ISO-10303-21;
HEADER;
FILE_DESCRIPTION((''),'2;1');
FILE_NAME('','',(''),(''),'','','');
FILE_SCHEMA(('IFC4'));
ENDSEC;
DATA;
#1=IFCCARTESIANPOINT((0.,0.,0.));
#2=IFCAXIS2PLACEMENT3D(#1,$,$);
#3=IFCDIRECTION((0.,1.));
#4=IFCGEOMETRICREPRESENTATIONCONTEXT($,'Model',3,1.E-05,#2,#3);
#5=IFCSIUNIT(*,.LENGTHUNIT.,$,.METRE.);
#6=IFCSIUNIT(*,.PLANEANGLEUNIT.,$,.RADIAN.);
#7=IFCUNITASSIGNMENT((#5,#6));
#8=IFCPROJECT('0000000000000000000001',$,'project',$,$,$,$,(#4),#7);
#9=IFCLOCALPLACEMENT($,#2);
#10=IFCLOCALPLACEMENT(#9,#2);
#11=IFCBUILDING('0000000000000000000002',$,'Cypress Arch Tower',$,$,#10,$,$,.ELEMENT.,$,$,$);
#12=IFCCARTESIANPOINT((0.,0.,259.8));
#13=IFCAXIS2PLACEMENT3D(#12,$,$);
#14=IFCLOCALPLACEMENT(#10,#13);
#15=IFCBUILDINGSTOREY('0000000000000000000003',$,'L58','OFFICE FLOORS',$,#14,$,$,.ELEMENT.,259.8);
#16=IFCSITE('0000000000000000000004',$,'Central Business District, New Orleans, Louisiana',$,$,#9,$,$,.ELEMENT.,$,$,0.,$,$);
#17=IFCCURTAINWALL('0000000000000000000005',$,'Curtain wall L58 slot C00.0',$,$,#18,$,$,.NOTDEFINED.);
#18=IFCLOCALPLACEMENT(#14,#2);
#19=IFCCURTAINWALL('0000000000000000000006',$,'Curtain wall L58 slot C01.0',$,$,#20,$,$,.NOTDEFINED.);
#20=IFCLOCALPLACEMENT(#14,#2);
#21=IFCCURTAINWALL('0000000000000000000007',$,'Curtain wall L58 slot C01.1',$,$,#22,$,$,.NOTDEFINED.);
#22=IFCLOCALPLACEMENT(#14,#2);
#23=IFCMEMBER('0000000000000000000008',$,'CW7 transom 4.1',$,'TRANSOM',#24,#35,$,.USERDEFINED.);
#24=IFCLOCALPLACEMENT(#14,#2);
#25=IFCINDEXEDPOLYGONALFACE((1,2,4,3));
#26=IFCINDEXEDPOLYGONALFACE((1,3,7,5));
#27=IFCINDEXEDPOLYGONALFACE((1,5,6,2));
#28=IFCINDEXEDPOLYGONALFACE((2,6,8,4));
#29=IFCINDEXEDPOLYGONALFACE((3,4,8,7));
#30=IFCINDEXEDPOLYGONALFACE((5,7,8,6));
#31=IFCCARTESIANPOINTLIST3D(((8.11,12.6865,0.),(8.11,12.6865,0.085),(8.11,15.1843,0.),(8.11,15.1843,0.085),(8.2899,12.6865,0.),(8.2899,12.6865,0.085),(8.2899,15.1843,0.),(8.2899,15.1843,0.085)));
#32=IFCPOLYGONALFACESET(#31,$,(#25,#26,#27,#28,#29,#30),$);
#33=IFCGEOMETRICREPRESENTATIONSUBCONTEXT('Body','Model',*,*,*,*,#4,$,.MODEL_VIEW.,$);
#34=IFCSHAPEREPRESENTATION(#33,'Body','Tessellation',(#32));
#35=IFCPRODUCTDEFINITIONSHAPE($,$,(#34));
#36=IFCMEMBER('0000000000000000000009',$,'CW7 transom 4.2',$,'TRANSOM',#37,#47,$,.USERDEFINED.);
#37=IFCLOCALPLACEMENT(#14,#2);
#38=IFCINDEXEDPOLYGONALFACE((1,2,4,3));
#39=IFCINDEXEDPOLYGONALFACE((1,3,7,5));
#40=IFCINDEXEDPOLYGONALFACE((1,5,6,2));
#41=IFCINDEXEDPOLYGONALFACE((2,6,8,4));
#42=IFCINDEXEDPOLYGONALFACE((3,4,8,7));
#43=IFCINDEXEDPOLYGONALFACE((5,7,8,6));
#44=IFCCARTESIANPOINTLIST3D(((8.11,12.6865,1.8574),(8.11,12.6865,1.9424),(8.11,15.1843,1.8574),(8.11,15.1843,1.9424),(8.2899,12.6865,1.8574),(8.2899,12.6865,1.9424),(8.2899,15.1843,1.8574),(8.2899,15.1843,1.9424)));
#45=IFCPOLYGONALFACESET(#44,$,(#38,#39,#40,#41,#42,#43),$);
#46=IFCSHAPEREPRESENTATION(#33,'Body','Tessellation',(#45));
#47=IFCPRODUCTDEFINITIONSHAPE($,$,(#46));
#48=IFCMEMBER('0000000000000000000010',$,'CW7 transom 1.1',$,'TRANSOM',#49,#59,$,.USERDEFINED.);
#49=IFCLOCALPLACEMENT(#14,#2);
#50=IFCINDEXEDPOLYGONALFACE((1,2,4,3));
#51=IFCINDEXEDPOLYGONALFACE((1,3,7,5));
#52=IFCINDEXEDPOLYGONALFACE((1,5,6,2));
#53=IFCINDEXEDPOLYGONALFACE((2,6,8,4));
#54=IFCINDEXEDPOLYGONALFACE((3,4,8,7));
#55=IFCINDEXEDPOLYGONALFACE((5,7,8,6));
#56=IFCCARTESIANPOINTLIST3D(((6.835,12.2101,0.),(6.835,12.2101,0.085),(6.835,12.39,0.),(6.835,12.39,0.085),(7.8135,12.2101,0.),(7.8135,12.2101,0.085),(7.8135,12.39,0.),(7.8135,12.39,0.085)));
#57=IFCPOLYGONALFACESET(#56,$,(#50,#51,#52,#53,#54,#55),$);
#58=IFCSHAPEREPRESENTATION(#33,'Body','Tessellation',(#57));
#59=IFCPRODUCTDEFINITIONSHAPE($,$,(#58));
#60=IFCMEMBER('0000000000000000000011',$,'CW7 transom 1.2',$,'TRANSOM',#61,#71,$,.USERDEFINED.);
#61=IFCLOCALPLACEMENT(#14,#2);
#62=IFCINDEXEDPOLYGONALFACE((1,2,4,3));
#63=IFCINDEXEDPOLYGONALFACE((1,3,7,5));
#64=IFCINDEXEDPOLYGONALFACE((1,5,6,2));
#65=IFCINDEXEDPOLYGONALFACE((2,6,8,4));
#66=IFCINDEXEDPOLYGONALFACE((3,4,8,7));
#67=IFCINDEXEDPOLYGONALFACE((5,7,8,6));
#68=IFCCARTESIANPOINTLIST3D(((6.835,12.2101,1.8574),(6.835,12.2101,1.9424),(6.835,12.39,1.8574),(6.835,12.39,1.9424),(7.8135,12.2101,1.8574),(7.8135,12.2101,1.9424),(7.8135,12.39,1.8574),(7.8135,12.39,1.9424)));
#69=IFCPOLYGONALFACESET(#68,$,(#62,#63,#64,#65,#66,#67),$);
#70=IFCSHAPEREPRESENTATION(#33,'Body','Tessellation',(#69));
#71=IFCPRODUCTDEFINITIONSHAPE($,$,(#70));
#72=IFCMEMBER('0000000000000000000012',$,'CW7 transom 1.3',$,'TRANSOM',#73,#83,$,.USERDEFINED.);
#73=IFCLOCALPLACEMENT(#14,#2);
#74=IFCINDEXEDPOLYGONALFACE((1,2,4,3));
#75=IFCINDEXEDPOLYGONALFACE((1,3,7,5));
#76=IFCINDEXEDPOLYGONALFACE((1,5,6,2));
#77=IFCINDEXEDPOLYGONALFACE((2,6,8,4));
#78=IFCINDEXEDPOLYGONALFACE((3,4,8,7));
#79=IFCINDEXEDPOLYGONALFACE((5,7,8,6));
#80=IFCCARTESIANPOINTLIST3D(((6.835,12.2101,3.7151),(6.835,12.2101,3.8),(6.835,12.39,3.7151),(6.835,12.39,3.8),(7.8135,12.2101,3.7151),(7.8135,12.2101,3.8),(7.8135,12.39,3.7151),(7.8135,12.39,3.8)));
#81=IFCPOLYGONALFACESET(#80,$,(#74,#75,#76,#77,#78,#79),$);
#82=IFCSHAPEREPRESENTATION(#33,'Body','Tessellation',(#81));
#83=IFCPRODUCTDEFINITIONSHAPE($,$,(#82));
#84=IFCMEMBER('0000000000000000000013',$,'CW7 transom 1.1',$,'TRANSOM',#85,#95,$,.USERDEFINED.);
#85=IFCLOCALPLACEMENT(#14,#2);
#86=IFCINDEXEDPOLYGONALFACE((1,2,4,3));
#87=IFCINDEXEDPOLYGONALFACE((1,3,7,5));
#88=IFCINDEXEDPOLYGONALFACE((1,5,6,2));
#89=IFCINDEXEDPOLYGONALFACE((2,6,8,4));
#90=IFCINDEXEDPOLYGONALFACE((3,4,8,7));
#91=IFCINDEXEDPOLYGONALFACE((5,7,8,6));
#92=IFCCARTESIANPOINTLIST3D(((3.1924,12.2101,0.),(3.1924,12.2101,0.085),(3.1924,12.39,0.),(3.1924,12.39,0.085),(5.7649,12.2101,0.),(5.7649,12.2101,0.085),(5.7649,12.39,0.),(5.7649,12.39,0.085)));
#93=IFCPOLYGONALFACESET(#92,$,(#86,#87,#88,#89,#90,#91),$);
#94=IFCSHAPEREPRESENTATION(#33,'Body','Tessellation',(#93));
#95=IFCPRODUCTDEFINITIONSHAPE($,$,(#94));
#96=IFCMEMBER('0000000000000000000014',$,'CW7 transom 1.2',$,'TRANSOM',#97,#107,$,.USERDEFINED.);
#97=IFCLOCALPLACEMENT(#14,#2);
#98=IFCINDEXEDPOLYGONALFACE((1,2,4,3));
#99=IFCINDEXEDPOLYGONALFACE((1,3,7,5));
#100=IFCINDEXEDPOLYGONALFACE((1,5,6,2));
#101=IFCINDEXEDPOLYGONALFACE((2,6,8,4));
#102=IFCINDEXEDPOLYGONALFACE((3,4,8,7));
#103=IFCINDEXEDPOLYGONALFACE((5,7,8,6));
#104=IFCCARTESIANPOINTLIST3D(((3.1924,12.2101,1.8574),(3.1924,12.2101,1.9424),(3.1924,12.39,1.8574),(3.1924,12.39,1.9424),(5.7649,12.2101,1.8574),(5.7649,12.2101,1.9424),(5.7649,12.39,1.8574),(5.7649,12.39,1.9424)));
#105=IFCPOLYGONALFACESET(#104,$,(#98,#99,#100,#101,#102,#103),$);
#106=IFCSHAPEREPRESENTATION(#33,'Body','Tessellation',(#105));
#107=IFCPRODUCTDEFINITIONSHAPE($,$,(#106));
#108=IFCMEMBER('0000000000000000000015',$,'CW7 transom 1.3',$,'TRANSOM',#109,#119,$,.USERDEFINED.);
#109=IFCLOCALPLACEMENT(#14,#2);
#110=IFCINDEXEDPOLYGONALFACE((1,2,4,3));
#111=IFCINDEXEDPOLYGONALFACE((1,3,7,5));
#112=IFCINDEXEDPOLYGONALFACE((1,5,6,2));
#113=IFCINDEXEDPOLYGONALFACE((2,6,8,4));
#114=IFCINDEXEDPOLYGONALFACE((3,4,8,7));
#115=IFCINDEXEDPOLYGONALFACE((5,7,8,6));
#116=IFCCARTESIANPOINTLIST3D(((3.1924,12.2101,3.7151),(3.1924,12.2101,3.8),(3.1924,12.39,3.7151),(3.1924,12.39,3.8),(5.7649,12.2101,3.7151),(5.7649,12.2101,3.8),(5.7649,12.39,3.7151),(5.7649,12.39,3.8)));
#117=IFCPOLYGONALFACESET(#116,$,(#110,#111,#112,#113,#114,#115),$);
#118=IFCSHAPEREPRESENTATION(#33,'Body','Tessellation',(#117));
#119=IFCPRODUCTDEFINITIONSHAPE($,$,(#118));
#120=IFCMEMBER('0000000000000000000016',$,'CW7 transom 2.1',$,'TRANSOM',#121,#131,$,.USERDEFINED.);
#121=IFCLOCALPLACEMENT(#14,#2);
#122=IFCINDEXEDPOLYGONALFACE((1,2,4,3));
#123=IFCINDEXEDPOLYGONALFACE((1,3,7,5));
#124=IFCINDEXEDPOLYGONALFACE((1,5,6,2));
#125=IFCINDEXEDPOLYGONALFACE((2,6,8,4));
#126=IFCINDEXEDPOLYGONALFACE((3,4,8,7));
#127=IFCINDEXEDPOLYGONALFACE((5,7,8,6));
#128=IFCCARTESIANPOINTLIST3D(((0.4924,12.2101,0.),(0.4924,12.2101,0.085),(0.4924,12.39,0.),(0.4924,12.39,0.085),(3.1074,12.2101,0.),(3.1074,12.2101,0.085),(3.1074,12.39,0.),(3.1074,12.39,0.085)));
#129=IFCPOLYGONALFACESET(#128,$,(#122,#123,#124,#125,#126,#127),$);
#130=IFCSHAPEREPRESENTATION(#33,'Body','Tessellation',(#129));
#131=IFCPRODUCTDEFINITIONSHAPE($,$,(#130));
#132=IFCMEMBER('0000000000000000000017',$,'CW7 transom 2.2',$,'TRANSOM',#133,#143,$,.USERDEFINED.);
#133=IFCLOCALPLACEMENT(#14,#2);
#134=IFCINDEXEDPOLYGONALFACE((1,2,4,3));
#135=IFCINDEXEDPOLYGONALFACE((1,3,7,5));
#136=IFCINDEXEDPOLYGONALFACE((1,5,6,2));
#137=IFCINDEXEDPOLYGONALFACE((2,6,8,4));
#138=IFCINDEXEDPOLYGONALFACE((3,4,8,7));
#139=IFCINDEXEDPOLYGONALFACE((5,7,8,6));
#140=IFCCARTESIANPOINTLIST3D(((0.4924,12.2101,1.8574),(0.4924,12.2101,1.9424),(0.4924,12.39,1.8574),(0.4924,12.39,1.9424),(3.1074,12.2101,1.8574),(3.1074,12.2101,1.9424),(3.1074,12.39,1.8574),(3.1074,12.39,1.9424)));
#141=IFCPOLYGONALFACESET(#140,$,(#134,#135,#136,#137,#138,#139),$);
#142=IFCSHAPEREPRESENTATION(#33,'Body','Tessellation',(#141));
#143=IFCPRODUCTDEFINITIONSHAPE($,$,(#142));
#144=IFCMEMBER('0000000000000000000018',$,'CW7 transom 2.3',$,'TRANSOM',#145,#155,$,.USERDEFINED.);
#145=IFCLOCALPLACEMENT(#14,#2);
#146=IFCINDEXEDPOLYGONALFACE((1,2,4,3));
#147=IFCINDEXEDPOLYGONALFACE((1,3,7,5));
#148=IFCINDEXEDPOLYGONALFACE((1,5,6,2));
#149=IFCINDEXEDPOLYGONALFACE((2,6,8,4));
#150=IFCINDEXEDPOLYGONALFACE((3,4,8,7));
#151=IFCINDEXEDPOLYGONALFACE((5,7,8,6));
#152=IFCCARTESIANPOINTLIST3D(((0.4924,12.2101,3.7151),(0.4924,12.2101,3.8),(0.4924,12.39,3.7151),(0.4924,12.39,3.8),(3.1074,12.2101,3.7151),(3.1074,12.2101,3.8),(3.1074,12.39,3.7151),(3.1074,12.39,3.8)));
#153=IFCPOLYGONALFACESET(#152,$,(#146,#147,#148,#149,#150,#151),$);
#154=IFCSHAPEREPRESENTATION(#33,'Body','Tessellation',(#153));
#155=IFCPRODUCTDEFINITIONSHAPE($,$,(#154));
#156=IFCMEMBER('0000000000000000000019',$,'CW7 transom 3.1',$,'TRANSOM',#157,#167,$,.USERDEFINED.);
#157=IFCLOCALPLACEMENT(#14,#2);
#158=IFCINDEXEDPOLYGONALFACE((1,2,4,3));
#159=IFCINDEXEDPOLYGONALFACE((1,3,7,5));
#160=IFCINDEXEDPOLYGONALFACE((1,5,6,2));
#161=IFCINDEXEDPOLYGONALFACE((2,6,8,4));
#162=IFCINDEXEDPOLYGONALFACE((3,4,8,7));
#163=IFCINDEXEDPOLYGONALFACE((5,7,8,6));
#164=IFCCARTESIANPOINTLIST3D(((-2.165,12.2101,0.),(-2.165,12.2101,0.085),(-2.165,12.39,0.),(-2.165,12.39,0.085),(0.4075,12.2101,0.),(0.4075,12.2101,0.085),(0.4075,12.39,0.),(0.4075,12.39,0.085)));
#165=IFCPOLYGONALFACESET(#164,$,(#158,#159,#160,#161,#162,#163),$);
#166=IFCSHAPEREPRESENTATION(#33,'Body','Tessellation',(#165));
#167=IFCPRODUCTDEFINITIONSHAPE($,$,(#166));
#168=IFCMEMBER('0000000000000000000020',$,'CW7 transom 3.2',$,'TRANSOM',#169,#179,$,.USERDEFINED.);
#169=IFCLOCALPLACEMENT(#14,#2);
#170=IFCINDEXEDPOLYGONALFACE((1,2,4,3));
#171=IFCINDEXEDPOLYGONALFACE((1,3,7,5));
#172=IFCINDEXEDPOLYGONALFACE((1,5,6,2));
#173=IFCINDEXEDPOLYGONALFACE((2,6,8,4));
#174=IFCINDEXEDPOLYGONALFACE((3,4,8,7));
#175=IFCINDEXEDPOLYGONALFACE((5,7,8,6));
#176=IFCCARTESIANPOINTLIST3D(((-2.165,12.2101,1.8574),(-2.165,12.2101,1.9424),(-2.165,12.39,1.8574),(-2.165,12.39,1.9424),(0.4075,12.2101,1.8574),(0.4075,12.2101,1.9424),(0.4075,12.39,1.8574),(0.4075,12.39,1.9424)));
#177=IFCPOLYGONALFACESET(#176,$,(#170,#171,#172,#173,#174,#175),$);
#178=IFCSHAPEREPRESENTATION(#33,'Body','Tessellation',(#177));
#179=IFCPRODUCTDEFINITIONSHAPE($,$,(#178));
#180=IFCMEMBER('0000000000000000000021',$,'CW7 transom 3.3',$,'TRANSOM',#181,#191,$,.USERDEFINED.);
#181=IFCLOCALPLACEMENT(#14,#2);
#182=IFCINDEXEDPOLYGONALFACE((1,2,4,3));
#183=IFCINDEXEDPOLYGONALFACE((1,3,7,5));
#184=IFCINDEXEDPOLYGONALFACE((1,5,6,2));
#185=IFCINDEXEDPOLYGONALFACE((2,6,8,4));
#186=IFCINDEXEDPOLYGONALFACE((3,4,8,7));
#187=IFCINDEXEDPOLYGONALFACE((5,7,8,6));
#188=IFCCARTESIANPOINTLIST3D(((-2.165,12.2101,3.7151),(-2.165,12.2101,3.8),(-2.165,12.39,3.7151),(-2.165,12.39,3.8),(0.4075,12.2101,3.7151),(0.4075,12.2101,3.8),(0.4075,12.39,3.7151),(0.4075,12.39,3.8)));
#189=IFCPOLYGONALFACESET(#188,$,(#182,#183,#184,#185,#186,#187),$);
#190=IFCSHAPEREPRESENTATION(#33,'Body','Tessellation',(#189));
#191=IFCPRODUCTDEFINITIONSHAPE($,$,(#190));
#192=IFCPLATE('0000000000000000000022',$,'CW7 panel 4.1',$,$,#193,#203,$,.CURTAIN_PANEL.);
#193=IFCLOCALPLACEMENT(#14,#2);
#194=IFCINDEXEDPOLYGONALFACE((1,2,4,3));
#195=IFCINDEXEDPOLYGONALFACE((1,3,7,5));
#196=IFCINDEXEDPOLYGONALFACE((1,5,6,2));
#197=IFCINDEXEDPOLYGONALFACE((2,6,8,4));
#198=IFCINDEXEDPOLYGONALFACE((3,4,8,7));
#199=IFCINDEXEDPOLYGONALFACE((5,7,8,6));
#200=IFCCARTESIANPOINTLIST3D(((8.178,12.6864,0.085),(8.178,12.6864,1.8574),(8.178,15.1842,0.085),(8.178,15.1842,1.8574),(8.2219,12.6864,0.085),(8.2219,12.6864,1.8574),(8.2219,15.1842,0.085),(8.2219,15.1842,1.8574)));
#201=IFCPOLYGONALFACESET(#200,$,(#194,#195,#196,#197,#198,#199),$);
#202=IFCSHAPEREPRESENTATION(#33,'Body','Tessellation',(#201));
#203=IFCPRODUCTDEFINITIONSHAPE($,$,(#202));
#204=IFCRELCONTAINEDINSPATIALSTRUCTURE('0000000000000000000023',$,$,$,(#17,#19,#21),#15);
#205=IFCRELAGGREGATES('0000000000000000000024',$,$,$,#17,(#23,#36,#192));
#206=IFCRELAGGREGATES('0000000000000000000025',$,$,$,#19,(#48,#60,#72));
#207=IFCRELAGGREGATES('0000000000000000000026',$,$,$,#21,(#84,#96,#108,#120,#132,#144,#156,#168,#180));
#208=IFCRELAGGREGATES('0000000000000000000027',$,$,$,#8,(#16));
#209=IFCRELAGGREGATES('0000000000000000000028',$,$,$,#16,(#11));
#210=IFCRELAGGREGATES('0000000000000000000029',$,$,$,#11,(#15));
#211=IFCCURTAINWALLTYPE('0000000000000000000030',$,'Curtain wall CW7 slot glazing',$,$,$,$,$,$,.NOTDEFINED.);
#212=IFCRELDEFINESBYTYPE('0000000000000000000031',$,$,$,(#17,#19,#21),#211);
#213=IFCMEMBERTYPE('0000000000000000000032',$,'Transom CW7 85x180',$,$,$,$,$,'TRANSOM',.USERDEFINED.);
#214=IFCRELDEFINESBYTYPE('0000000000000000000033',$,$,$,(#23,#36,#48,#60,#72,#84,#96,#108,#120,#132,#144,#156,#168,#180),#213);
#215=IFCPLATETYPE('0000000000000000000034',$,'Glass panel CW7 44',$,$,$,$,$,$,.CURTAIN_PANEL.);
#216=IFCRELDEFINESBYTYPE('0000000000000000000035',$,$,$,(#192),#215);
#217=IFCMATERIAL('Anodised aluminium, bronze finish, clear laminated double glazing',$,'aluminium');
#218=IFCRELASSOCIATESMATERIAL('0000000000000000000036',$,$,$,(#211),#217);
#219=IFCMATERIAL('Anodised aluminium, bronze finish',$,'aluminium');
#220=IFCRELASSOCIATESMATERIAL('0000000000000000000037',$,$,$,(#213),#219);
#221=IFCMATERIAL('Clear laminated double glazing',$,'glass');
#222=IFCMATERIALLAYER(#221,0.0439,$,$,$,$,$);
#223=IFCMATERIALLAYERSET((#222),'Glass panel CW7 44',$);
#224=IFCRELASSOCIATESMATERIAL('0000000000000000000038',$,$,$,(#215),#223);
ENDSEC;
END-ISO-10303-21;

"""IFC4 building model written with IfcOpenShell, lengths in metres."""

from ifc_helpers import new_model, si_unit, direction, frame, origin, origin_2d, place, context, subcontext, project, spatial, rectangle, extrude, material, layer, layer_set, material_profile, profile_set, type_object, element, aggregate, save


model = new_model("IFC4")

# Units and contexts
model_context = context("Model", 3, precision=1e-05, world=origin(), true_north=direction((0.0, 1.0)))
body_context = subcontext(model_context, "Body", "Model", "MODEL_VIEW")
ifc_project = project(units=[si_unit("LENGTHUNIT", "METRE"), si_unit("PLANEANGLEUNIT", "RADIAN")], contexts=[model_context])

# Site, building, storey
site_placement = place(None, origin())
site = spatial("IfcSite", under=ifc_project, at=site_placement, Name="Central Business District, New Orleans, Louisiana", CompositionType="ELEMENT", RefElevation=0.0)
building_placement = place(site_placement, origin())
building = spatial("IfcBuilding", under=site, at=building_placement, Name="Cypress Arch Tower", CompositionType="ELEMENT")
storey_placement = place(building_placement, frame((0.0, 0.0, 259.8)))
storey = spatial("IfcBuildingStorey", under=building, at=storey_placement, Name="L58", Description="OFFICE FLOORS", CompositionType="ELEMENT", Elevation=259.8)

# Curtain wall
ifc_material_1 = material(Name="Anodised aluminium, bronze finish, clear laminated double glazing", Category="aluminium")
curtain_wall_type = type_object("IfcCurtainWallType", Name="Curtain wall CW7 slot glazing", PredefinedType="NOTDEFINED", material=ifc_material_1)
curtain_wall_1_placement = place(storey_placement, origin())
curtain_wall_1 = element("IfcCurtainWall", 1, at=curtain_wall_1_placement, inside=storey, type_object=curtain_wall_type, Name="Curtain wall L58 slot C00.0", PredefinedType="NOTDEFINED")

# Curtain walls
curtain_wall_2_placement = place(storey_placement, origin())
curtain_wall_2 = element("IfcCurtainWall", 2, at=curtain_wall_2_placement, inside=storey, type_object=curtain_wall_type, Name="Curtain wall L58 slot C01.0", PredefinedType="NOTDEFINED")
curtain_wall_3_placement = place(storey_placement, origin())
curtain_wall_3 = element("IfcCurtainWall", 3, at=curtain_wall_3_placement, inside=storey, type_object=curtain_wall_type, Name="Curtain wall L58 slot C01.1", PredefinedType="NOTDEFINED")

# Members
ifc_material_2 = material(Name="Anodised aluminium, bronze finish", Category="aluminium")
ifc_material_profile_1 = material_profile(ifc_material_2, rectangle(XDim=0.1799, YDim=0.085, at=origin_2d()), Name="Transom 85x180")
ifc_profile_set_1 = profile_set([ifc_material_profile_1], Name="Anodised aluminium, bronze finish")
member_type_1 = type_object("IfcMemberType", Name="Transom CW7 85x180", ElementType="TRANSOM", PredefinedType="USERDEFINED", material=ifc_profile_set_1)
member_1_placement = place(storey_placement, frame((8.2, 15.1843, 0.0425), z_axis=(0.0, -1.0, 0.0), x_axis=(1.0, 0.0, 0.0)))
member_1 = element("IfcMember", 4, at=member_1_placement, type_object=member_type_1, Name="CW7 transom 4.1", ObjectType="TRANSOM", PredefinedType="USERDEFINED", context=body_context, shape_type="SweptSolid", body=[
    extrude(rectangle(XDim=0.1799, YDim=0.085, at=origin_2d()), origin(), (0.0, 0.0, 1.0), 2.4978),
])
member_2_placement = place(storey_placement, frame((8.2, 15.1843, 1.8999), z_axis=(0.0, -1.0, 0.0), x_axis=(1.0, 0.0, 0.0)))
member_2 = element("IfcMember", 5, at=member_2_placement, type_object=member_type_1, Name="CW7 transom 4.2", ObjectType="TRANSOM", PredefinedType="USERDEFINED", context=body_context, shape_type="SweptSolid", body=[
    extrude(rectangle(XDim=0.1799, YDim=0.085, at=origin_2d()), origin(), (0.0, 0.0, 1.0), 2.4978),
])
member_3_placement = place(storey_placement, frame((7.8135, 12.3, 0.0425), z_axis=(-1.0, 0.0, 0.0), x_axis=(0.0, -1.0, 0.0)))
member_3 = element("IfcMember", 6, at=member_3_placement, type_object=member_type_1, Name="CW7 transom 1.1", ObjectType="TRANSOM", PredefinedType="USERDEFINED", context=body_context, shape_type="SweptSolid", body=[
    extrude(rectangle(XDim=0.1799, YDim=0.085, at=origin_2d()), origin(), (0.0, 0.0, 1.0), 0.9785),
])
member_4_placement = place(storey_placement, frame((7.8135, 12.3, 1.8999), z_axis=(-1.0, 0.0, 0.0), x_axis=(0.0, -1.0, 0.0)))
member_4 = element("IfcMember", 7, at=member_4_placement, type_object=member_type_1, Name="CW7 transom 1.2", ObjectType="TRANSOM", PredefinedType="USERDEFINED", context=body_context, shape_type="SweptSolid", body=[
    extrude(rectangle(XDim=0.1799, YDim=0.085, at=origin_2d()), origin(), (0.0, 0.0, 1.0), 0.9785),
])
member_5_placement = place(storey_placement, frame((7.8135, 12.3, 3.7576), z_axis=(-1.0, 0.0, 0.0), x_axis=(0.0, -1.0, 0.0)))
member_5 = element("IfcMember", 8, at=member_5_placement, type_object=member_type_1, Name="CW7 transom 1.3", ObjectType="TRANSOM", PredefinedType="USERDEFINED", context=body_context, shape_type="SweptSolid", body=[
    extrude(rectangle(XDim=0.1799, YDim=0.085, at=origin_2d()), origin(), (0.0, 0.0, 1.0), 0.9785),
])
member_6_placement = place(storey_placement, frame((5.7649, 12.3, 0.0425), z_axis=(-1.0, 0.0, 0.0), x_axis=(0.0, -1.0, 0.0)))
member_6 = element("IfcMember", 9, at=member_6_placement, type_object=member_type_1, Name="CW7 transom 1.1", ObjectType="TRANSOM", PredefinedType="USERDEFINED", context=body_context, shape_type="SweptSolid", body=[
    extrude(rectangle(XDim=0.1799, YDim=0.085, at=origin_2d()), origin(), (0.0, 0.0, 1.0), 2.5725),
])
member_7_placement = place(storey_placement, frame((5.7649, 12.3, 1.8999), z_axis=(-1.0, 0.0, 0.0), x_axis=(0.0, -1.0, 0.0)))
member_7 = element("IfcMember", 10, at=member_7_placement, type_object=member_type_1, Name="CW7 transom 1.2", ObjectType="TRANSOM", PredefinedType="USERDEFINED", context=body_context, shape_type="SweptSolid", body=[
    extrude(rectangle(XDim=0.1799, YDim=0.085, at=origin_2d()), origin(), (0.0, 0.0, 1.0), 2.5725),
])
member_8_placement = place(storey_placement, frame((5.7649, 12.3, 3.7576), z_axis=(-1.0, 0.0, 0.0), x_axis=(0.0, -1.0, 0.0)))
member_8 = element("IfcMember", 11, at=member_8_placement, type_object=member_type_1, Name="CW7 transom 1.3", ObjectType="TRANSOM", PredefinedType="USERDEFINED", context=body_context, shape_type="SweptSolid", body=[
    extrude(rectangle(XDim=0.1799, YDim=0.085, at=origin_2d()), origin(), (0.0, 0.0, 1.0), 2.5725),
])
member_9_placement = place(storey_placement, frame((3.1074, 12.3, 0.0425), z_axis=(-1.0, 0.0, 0.0), x_axis=(0.0, -1.0, 0.0)))
member_9 = element("IfcMember", 12, at=member_9_placement, type_object=member_type_1, Name="CW7 transom 2.1", ObjectType="TRANSOM", PredefinedType="USERDEFINED", context=body_context, shape_type="SweptSolid", body=[
    extrude(rectangle(XDim=0.1799, YDim=0.085, at=origin_2d()), origin(), (0.0, 0.0, 1.0), 2.615),
])
member_10_placement = place(storey_placement, frame((3.1074, 12.3, 1.8999), z_axis=(-1.0, 0.0, 0.0), x_axis=(0.0, -1.0, 0.0)))
member_10 = element("IfcMember", 13, at=member_10_placement, type_object=member_type_1, Name="CW7 transom 2.2", ObjectType="TRANSOM", PredefinedType="USERDEFINED", context=body_context, shape_type="SweptSolid", body=[
    extrude(rectangle(XDim=0.1799, YDim=0.085, at=origin_2d()), origin(), (0.0, 0.0, 1.0), 2.615),
])
member_11_placement = place(storey_placement, frame((3.1074, 12.3, 3.7576), z_axis=(-1.0, 0.0, 0.0), x_axis=(0.0, -1.0, 0.0)))
member_11 = element("IfcMember", 14, at=member_11_placement, type_object=member_type_1, Name="CW7 transom 2.3", ObjectType="TRANSOM", PredefinedType="USERDEFINED", context=body_context, shape_type="SweptSolid", body=[
    extrude(rectangle(XDim=0.1799, YDim=0.085, at=origin_2d()), origin(), (0.0, 0.0, 1.0), 2.615),
])
member_12_placement = place(storey_placement, frame((0.4075, 12.3, 0.0425), z_axis=(-1.0, 0.0, 0.0), x_axis=(0.0, -1.0, 0.0)))
member_12 = element("IfcMember", 15, at=member_12_placement, type_object=member_type_1, Name="CW7 transom 3.1", ObjectType="TRANSOM", PredefinedType="USERDEFINED", context=body_context, shape_type="SweptSolid", body=[
    extrude(rectangle(XDim=0.1799, YDim=0.085, at=origin_2d()), origin(), (0.0, 0.0, 1.0), 2.5725),
])
member_13_placement = place(storey_placement, frame((0.4075, 12.3, 1.8999), z_axis=(-1.0, 0.0, 0.0), x_axis=(0.0, -1.0, 0.0)))
member_13 = element("IfcMember", 16, at=member_13_placement, type_object=member_type_1, Name="CW7 transom 3.2", ObjectType="TRANSOM", PredefinedType="USERDEFINED", context=body_context, shape_type="SweptSolid", body=[
    extrude(rectangle(XDim=0.1799, YDim=0.085, at=origin_2d()), origin(), (0.0, 0.0, 1.0), 2.5725),
])
member_14_placement = place(storey_placement, frame((0.4075, 12.3, 3.7576), z_axis=(-1.0, 0.0, 0.0), x_axis=(0.0, -1.0, 0.0)))
member_14 = element("IfcMember", 17, at=member_14_placement, type_object=member_type_1, Name="CW7 transom 3.3", ObjectType="TRANSOM", PredefinedType="USERDEFINED", context=body_context, shape_type="SweptSolid", body=[
    extrude(rectangle(XDim=0.1799, YDim=0.085, at=origin_2d()), origin(), (0.0, 0.0, 1.0), 2.5725),
])

# Plate
ifc_material_3 = material(Name="Clear laminated double glazing", Category="glass")
ifc_layer = layer(ifc_material_3, 0.0439)
ifc_layer_set = layer_set([ifc_layer], Name="Glass panel CW7 44")
plate_type = type_object("IfcPlateType", Name="Glass panel CW7 44", PredefinedType="CURTAIN_PANEL", material=ifc_layer_set)
plate_1_placement = place(storey_placement, frame((8.2, 13.9353, 0.085), z_axis=(0.0, 0.0, 1.0), x_axis=(0.0, -1.0, 0.0)))
plate_1 = element("IfcPlate", 18, at=plate_1_placement, type_object=plate_type, Name="CW7 panel 4.1", PredefinedType="CURTAIN_PANEL", context=body_context, shape_type="SweptSolid", body=[
    extrude(rectangle(XDim=2.4978, YDim=0.0439, at=origin_2d()), origin(), (0.0, 0.0, 1.0), 1.7725),
])
aggregate(curtain_wall_1, [member_1, member_2, plate_1])
aggregate(curtain_wall_2, [member_3, member_4, member_5])
aggregate(curtain_wall_3, [member_6, member_7, member_8, member_9, member_10, member_11, member_12, member_13, member_14])

save(model, "model.ifc")
